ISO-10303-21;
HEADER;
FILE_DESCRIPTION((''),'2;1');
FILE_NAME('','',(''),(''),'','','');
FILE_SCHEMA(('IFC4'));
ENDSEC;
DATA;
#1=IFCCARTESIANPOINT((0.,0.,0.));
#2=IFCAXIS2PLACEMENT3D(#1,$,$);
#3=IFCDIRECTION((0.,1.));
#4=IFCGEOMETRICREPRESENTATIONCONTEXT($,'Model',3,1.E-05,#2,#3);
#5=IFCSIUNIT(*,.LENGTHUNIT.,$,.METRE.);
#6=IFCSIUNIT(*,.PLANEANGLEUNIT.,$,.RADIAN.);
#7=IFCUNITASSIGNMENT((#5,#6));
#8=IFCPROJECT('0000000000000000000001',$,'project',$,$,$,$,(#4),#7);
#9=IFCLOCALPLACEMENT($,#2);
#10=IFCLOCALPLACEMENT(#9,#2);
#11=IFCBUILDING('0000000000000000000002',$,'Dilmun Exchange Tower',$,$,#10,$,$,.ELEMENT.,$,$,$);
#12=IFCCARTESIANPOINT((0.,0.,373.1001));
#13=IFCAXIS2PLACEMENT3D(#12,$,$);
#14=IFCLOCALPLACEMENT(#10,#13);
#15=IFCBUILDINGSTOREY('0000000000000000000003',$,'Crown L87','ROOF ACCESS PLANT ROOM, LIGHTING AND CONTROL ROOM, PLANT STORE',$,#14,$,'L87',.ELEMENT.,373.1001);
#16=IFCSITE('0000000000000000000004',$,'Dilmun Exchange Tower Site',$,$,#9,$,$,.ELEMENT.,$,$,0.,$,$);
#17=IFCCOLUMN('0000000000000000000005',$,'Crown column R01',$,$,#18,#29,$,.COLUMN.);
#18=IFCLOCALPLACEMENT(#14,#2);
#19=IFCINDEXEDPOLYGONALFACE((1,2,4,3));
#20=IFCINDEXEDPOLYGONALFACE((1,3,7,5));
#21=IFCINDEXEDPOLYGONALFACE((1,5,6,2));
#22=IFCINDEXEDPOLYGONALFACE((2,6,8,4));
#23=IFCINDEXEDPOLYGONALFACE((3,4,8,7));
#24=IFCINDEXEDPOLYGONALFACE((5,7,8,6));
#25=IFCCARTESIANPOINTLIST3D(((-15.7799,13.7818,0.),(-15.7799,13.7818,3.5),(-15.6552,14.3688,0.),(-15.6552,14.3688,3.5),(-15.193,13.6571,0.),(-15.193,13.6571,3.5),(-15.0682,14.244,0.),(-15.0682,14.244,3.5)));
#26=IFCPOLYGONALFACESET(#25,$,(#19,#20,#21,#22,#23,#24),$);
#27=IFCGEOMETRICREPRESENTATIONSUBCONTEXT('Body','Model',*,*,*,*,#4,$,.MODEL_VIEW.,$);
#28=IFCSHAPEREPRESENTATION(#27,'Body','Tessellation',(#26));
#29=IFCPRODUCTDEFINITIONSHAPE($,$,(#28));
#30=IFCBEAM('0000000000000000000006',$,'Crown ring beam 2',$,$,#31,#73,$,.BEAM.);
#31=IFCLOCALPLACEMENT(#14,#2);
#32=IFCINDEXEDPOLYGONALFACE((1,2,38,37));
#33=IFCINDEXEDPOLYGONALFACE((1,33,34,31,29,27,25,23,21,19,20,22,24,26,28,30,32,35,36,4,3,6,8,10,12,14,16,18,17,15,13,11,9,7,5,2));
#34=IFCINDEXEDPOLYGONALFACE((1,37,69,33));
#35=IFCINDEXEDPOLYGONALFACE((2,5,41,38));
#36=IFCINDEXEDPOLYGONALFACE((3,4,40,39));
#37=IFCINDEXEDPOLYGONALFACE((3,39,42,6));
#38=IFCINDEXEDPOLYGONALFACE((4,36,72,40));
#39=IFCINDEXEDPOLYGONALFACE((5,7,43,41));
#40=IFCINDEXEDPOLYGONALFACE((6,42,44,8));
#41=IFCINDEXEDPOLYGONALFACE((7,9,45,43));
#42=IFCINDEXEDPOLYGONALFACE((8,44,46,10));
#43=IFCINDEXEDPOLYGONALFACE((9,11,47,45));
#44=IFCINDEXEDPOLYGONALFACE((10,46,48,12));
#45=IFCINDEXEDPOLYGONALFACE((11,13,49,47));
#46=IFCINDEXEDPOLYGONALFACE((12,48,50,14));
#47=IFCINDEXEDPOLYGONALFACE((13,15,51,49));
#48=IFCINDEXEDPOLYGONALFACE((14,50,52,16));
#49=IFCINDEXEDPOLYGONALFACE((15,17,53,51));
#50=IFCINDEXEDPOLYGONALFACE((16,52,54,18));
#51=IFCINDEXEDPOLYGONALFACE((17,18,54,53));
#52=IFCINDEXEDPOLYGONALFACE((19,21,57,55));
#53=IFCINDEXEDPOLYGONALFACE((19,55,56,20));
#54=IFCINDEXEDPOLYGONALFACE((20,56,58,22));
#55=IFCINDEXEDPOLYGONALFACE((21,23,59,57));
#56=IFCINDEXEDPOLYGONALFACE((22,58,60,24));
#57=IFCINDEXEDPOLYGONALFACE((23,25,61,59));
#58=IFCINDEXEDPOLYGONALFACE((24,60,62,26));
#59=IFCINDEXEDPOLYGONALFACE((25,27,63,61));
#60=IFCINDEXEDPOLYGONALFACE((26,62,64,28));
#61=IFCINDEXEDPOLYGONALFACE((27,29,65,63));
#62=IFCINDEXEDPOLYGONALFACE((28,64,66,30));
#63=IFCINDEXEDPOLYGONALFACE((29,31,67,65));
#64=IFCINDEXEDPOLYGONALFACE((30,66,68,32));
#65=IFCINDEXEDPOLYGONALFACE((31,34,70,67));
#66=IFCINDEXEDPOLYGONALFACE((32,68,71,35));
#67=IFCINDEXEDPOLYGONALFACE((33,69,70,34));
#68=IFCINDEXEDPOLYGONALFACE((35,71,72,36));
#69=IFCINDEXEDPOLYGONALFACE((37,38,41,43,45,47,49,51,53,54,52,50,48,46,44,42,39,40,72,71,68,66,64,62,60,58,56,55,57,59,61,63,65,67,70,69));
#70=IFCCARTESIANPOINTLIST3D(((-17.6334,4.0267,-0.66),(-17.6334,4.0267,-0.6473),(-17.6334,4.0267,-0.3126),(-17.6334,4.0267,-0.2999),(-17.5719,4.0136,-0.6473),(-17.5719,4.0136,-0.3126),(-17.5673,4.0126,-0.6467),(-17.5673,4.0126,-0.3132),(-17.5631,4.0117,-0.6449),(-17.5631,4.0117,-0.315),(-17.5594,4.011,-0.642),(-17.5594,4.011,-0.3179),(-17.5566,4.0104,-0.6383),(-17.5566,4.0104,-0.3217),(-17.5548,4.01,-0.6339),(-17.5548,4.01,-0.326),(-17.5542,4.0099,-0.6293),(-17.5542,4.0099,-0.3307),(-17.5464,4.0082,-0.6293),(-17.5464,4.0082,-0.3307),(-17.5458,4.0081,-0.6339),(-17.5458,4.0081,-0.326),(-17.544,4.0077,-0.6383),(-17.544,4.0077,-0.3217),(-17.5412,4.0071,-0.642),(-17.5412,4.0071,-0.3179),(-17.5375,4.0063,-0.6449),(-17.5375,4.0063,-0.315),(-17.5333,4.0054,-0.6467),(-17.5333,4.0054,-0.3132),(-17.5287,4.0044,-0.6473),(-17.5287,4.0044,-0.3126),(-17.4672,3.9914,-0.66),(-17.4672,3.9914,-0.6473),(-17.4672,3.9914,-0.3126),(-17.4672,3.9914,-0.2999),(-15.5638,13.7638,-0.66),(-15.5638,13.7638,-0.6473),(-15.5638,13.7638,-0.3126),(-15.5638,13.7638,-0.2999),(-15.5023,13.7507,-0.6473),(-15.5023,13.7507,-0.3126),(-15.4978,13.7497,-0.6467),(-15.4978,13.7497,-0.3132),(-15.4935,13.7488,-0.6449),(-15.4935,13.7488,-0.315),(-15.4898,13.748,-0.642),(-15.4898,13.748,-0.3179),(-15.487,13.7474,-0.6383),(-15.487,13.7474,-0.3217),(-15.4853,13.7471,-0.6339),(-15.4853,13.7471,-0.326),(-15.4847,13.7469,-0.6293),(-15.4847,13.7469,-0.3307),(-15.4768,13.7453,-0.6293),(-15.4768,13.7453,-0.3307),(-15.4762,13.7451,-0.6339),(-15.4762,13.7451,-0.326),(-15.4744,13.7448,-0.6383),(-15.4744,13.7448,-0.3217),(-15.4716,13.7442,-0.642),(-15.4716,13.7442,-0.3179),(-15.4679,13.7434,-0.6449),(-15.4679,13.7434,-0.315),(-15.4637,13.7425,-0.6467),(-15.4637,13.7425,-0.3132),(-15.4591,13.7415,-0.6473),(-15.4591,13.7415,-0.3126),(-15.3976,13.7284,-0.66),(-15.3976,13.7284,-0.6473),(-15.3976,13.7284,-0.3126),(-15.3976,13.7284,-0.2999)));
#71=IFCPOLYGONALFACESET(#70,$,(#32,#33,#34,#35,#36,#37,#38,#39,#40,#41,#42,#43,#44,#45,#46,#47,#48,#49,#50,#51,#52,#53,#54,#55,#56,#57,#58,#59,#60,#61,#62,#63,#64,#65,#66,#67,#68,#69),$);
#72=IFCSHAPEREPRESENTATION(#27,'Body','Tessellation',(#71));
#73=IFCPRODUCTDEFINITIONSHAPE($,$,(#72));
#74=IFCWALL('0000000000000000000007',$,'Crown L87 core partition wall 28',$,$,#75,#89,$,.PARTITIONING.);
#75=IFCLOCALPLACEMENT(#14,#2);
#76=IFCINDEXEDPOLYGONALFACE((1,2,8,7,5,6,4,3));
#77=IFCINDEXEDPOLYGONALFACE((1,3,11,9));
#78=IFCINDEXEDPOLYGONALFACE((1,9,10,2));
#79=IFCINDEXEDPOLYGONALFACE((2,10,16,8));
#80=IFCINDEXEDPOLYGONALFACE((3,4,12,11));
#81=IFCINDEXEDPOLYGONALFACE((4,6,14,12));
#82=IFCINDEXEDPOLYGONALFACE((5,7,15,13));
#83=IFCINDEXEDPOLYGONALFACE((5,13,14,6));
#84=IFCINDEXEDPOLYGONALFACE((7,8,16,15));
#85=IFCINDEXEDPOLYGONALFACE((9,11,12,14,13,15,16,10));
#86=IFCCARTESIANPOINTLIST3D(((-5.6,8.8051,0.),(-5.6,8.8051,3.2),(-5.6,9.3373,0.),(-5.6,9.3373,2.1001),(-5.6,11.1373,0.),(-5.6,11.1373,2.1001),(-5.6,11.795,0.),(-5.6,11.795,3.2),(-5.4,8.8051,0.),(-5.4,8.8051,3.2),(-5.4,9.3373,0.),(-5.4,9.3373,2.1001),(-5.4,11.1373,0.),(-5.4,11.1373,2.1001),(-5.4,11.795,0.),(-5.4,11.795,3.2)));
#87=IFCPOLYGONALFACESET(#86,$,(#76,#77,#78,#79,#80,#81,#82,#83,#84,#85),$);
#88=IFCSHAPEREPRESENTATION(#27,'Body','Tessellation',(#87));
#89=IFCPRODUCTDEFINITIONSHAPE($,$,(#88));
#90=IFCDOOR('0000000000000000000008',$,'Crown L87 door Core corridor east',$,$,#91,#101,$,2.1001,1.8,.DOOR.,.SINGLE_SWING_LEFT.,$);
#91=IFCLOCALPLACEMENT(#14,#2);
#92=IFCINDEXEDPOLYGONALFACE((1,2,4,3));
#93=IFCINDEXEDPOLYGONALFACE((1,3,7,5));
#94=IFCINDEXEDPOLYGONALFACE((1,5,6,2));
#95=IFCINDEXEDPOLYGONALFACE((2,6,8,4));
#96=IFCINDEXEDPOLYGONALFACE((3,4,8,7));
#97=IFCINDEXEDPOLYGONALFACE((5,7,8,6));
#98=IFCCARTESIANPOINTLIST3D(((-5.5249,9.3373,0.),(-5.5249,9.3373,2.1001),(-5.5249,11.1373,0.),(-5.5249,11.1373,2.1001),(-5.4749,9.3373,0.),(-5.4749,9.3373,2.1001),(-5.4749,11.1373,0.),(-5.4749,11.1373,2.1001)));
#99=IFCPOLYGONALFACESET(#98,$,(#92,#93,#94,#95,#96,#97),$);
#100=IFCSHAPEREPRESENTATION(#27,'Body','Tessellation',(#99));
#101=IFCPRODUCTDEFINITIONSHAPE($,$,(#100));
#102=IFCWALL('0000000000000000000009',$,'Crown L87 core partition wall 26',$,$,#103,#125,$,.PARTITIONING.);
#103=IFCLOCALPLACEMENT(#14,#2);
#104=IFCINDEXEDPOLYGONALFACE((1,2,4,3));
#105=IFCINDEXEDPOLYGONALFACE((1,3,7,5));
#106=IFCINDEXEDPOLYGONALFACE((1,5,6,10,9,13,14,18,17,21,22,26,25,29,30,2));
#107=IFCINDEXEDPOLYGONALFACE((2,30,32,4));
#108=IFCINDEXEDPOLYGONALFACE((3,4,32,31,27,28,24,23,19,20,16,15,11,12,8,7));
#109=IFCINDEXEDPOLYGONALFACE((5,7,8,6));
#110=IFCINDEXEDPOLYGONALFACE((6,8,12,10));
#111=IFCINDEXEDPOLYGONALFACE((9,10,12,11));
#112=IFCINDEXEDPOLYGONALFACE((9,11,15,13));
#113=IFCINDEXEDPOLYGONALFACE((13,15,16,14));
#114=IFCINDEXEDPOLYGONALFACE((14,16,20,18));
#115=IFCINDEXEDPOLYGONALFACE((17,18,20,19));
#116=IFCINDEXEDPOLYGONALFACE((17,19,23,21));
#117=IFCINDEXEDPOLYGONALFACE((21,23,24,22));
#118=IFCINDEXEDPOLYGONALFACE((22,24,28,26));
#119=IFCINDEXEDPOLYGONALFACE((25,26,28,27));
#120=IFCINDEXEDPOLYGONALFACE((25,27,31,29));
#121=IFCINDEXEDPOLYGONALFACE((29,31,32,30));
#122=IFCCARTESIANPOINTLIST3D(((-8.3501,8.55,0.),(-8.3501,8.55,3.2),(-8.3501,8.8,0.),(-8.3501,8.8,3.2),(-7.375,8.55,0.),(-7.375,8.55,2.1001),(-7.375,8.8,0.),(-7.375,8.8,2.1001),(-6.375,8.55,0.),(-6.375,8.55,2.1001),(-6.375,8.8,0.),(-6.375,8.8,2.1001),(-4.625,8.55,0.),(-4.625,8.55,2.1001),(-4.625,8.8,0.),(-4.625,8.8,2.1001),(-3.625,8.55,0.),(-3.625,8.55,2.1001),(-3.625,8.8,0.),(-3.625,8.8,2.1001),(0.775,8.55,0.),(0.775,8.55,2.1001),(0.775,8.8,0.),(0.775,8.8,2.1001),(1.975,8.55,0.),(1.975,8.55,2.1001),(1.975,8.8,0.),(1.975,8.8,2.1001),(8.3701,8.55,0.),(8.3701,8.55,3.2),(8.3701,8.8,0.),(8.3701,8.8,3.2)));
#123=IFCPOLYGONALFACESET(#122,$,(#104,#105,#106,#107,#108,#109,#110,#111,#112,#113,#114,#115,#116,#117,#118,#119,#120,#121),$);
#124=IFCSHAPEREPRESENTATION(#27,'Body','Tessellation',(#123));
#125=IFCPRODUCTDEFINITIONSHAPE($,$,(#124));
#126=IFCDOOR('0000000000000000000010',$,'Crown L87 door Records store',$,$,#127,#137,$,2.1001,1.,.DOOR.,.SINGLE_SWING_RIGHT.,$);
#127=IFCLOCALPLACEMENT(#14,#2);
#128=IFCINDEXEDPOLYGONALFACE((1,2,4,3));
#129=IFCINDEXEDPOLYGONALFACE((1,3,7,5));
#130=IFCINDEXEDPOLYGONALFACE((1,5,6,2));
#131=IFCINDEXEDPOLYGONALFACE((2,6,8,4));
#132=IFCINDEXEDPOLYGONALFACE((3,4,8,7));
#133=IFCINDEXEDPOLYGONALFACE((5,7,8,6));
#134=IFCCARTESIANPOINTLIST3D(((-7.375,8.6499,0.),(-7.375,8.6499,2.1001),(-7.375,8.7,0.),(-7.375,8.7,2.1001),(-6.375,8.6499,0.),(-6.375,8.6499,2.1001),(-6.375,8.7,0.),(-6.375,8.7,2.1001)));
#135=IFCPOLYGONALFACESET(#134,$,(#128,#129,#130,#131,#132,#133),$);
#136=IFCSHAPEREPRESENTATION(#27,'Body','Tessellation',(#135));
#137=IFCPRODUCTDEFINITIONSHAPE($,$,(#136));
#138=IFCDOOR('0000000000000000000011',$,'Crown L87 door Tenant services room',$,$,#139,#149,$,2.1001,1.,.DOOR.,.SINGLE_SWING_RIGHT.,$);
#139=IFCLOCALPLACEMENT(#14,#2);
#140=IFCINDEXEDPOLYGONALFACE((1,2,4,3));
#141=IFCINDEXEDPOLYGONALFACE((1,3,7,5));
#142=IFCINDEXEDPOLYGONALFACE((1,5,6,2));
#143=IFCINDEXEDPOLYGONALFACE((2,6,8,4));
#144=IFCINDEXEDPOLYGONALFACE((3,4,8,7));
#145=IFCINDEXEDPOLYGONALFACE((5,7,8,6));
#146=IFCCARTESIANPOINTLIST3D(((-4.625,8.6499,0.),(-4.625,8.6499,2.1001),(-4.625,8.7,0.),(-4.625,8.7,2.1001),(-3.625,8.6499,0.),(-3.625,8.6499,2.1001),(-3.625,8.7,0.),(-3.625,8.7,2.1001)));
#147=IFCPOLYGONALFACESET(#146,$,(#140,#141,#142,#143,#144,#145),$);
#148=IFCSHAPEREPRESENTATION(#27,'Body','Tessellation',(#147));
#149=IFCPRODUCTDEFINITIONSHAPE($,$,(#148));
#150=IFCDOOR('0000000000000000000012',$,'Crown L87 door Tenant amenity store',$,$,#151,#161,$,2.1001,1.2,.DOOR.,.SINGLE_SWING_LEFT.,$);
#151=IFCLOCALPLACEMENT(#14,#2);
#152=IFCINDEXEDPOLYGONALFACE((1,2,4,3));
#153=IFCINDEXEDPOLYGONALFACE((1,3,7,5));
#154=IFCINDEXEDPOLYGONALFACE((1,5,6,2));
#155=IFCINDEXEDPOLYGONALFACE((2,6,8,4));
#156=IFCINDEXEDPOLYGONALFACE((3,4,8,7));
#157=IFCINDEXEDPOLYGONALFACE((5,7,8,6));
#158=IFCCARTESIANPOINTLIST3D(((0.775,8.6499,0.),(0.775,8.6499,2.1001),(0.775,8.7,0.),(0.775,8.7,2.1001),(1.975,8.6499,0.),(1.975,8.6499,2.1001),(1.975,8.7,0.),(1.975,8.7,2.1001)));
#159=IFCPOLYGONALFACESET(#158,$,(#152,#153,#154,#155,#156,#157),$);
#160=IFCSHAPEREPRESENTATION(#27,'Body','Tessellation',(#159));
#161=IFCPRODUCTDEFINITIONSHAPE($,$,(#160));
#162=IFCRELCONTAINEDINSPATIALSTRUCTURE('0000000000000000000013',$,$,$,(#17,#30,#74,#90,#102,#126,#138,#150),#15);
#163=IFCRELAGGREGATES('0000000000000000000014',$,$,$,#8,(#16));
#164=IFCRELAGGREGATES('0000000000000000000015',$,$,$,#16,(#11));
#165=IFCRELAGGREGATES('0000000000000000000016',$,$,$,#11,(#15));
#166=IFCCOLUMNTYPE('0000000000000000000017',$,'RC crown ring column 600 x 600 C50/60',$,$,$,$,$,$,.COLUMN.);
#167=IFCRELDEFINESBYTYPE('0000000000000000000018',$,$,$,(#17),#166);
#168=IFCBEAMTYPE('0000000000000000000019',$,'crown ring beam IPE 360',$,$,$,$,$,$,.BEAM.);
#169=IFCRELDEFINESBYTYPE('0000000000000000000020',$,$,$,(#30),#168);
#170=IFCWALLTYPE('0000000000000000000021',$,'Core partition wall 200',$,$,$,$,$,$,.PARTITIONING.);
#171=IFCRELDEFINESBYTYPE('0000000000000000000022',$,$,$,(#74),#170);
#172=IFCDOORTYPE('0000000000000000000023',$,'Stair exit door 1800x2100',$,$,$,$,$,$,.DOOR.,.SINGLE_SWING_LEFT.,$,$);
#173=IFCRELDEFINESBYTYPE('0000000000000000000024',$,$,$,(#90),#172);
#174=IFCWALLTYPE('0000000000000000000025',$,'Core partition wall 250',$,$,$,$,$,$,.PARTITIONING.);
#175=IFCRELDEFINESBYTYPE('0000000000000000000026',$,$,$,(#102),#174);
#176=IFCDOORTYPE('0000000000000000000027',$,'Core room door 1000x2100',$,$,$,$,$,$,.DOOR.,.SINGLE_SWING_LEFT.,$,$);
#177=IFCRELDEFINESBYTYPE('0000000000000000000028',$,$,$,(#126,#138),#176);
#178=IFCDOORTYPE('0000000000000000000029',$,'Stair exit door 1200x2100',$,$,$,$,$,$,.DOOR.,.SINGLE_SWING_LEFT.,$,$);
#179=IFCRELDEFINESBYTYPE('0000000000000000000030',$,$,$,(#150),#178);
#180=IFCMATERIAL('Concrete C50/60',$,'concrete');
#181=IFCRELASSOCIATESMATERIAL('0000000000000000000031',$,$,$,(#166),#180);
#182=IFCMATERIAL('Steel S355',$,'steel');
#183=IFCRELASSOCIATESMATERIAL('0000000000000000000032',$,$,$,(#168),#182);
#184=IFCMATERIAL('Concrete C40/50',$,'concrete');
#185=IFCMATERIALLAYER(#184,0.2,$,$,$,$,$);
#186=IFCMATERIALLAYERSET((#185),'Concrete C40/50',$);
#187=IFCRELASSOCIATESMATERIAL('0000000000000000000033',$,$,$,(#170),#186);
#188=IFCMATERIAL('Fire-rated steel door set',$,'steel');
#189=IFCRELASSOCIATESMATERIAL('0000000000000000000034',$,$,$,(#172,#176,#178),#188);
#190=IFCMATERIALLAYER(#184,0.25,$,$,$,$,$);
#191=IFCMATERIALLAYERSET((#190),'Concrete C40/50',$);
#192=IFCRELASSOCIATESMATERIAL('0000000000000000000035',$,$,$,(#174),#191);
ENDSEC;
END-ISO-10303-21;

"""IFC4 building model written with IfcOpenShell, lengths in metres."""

from ifc_helpers import new_model, si_unit, direction, frame, frame_2d, origin, origin_2d, place, context, subcontext, project, spatial, rectangle, i_section, extrude, material, layer, layer_set, material_profile, profile_set, type_object, element, fill, save


model = new_model("IFC4")

# Units and contexts
model_context = context("Model", 3, precision=1e-05, world=origin(), true_north=direction((0.0, 1.0)))
body_context = subcontext(model_context, "Body", "Model", "MODEL_VIEW")
ifc_project = project(units=[si_unit("LENGTHUNIT", "METRE"), si_unit("PLANEANGLEUNIT", "RADIAN")], contexts=[model_context])

# Site, building, storey
site_placement = place(None, origin())
site = spatial("IfcSite", under=ifc_project, at=site_placement, Name="Dilmun Exchange Tower Site", CompositionType="ELEMENT", RefElevation=0.0)
building_placement = place(site_placement, origin())
building = spatial("IfcBuilding", under=site, at=building_placement, Name="Dilmun Exchange Tower", CompositionType="ELEMENT")
storey_placement = place(building_placement, frame((0.0, 0.0, 373.1001)))
storey = spatial("IfcBuildingStorey", under=building, at=storey_placement, Name="Crown L87", Description="ROOF ACCESS PLANT ROOM, LIGHTING AND CONTROL ROOM, PLANT STORE", LongName="L87", CompositionType="ELEMENT", Elevation=373.1001)

# Column
ifc_material_1 = material(Name="Concrete C50/60", Category="concrete")
ifc_material_profile_1 = material_profile(ifc_material_1, rectangle(XDim=0.6001, YDim=0.6001, at=origin_2d()), Name="600 x 600")
ifc_profile_set_1 = profile_set([ifc_material_profile_1], Name="Concrete C50/60")
column_type = type_object("IfcColumnType", Name="RC crown ring column 600 x 600 C50/60", PredefinedType="COLUMN", material=ifc_profile_set_1)
column_placement = place(storey_placement, frame((-15.4241, 14.0129, 0.0), z_axis=(0.0, 0.0, 1.0), x_axis=(0.207912, 0.978148, 0.0)))
element("IfcColumn", 1, at=column_placement, inside=storey, type_object=column_type, Name="Crown column R01", PredefinedType="COLUMN", context=body_context, shape_type="SweptSolid", body=[
    extrude(rectangle(XDim=0.6001, YDim=0.6001, at=origin_2d()), origin(), (0.0, 0.0, 1.0), 3.5),
])

# Beam
ifc_material_2 = material(Name="Steel S355", Category="steel")
ifc_material_profile_2 = material_profile(ifc_material_2, i_section(OverallWidth=0.1699, OverallDepth=0.3601, WebThickness=0.0081, FlangeThickness=0.0127, FilletRadius=0.0181, at=origin_2d()), Name="IPE 360")
ifc_profile_set_2 = profile_set([ifc_material_profile_2], Name="Steel S355")
beam_type = type_object("IfcBeamType", Name="crown ring beam IPE 360", PredefinedType="BEAM", material=ifc_profile_set_2)
beam_placement = place(storey_placement, frame((-15.4807, 13.7461, -0.48), z_axis=(-0.207902, -0.97815, 0.0), x_axis=(0.97815, -0.207902, 0.0)))
element("IfcBeam", 2, at=beam_placement, inside=storey, type_object=beam_type, Name="Crown ring beam 2", PredefinedType="BEAM", context=body_context, shape_type="SweptSolid", body=[
    extrude(i_section(OverallWidth=0.1699, OverallDepth=0.3601, WebThickness=0.0081, FlangeThickness=0.0127, FilletRadius=0.0181, at=origin_2d()), origin(), (0.0, 0.0, 1.0), 9.9546),
])

# Wall, opening, door
ifc_material_3 = material(Name="Concrete C40/50", Category="concrete")
ifc_layer_1 = layer(ifc_material_3, 0.2)
ifc_layer_set_1 = layer_set([ifc_layer_1], Name="Concrete C40/50")
wall_type_1 = type_object("IfcWallType", Name="Core partition wall 200", PredefinedType="PARTITIONING", material=ifc_layer_set_1)
wall_1_placement = place(storey_placement, frame((-5.5, 8.8049, 0.0), z_axis=(0.0, 0.0, 1.0), x_axis=(0.0, 1.0, 0.0)))
wall_1 = element("IfcWall", 3, at=wall_1_placement, inside=storey, type_object=wall_type_1, Name="Crown L87 core partition wall 28", PredefinedType="PARTITIONING", context=body_context, shape_type="SweptSolid", body=[
    extrude(rectangle(XDim=2.99, YDim=0.2, at=frame_2d((1.4951, 0.0))), origin(), (0.0, 0.0, 1.0), 3.2),
])
opening_1_placement = place(wall_1_placement, frame((0.5325, 0.0, 0.0)))
opening_1 = element("IfcOpeningElement", 4, at=opening_1_placement, cuts=wall_1, PredefinedType="OPENING", context=body_context, shape_type="SweptSolid", body=[
    extrude(rectangle(XDim=1.8, YDim=2.1001, at=frame_2d((0.8999, 1.05))), frame((0.0, 0.1099, 0.0), z_axis=(0.0, -1.0, 0.0), x_axis=(1.0, 0.0, 0.0)), (0.0, 0.0, 1.0), 0.22),
])
ifc_material_4 = material(Name="Fire-rated steel door set", Category="steel")
door_type_1 = type_object("IfcDoorType", Name="Stair exit door 1800x2100", OperationType="SINGLE_SWING_LEFT", PredefinedType="DOOR", material=ifc_material_4)
door_1_placement = place(opening_1_placement, origin())
door_1 = element("IfcDoor", 5, at=door_1_placement, inside=storey, type_object=door_type_1, Name="Crown L87 door Core corridor east", OperationType="SINGLE_SWING_LEFT", OverallHeight=2.1001, OverallWidth=1.8, PredefinedType="DOOR", context=body_context, shape_type="SweptSolid", body=[
    extrude(rectangle(XDim=1.8, YDim=2.1001, at=frame_2d((0.8999, 1.05))), frame((0.0, 0.0249, 0.0), z_axis=(0.0, -1.0, 0.0), x_axis=(1.0, 0.0, 0.0)), (0.0, 0.0, 1.0), 0.05),
])
fill(opening_1, door_1)

# Wall, openings, doors
ifc_layer_2 = layer(ifc_material_3, 0.25)
ifc_layer_set_2 = layer_set([ifc_layer_2], Name="Concrete C40/50")
wall_type_2 = type_object("IfcWallType", Name="Core partition wall 250", PredefinedType="PARTITIONING", material=ifc_layer_set_2)
wall_2_placement = place(storey_placement, frame((-8.3501, 8.675, 0.0), z_axis=(0.0, 0.0, 1.0), x_axis=(1.0, 0.0, 0.0)))
wall_2 = element("IfcWall", 6, at=wall_2_placement, inside=storey, type_object=wall_type_2, Name="Crown L87 core partition wall 26", PredefinedType="PARTITIONING", context=body_context, shape_type="SweptSolid", body=[
    extrude(rectangle(XDim=16.7202, YDim=0.25, at=frame_2d((8.3601, 0.0))), origin(), (0.0, 0.0, 1.0), 3.2),
])
opening_2_placement = place(wall_2_placement, frame((0.9751, 0.0, 0.0)))
opening_2 = element("IfcOpeningElement", 7, at=opening_2_placement, cuts=wall_2, PredefinedType="OPENING", context=body_context, shape_type="SweptSolid", body=[
    extrude(rectangle(XDim=1.0, YDim=2.1001, at=frame_2d((0.5, 1.05))), frame((0.0, 0.135, 0.0), z_axis=(0.0, -1.0, 0.0), x_axis=(1.0, 0.0, 0.0)), (0.0, 0.0, 1.0), 0.27),
])
opening_3_placement = place(wall_2_placement, frame((3.7251, 0.0, 0.0)))
opening_3 = element("IfcOpeningElement", 8, at=opening_3_placement, cuts=wall_2, PredefinedType="OPENING", context=body_context, shape_type="SweptSolid", body=[
    extrude(rectangle(XDim=1.0, YDim=2.1001, at=frame_2d((0.5, 1.05))), frame((0.0, 0.135, 0.0), z_axis=(0.0, -1.0, 0.0), x_axis=(1.0, 0.0, 0.0)), (0.0, 0.0, 1.0), 0.27),
])
opening_4_placement = place(wall_2_placement, frame((9.125, 0.0, 0.0)))
opening_4 = element("IfcOpeningElement", 9, at=opening_4_placement, cuts=wall_2, PredefinedType="OPENING", context=body_context, shape_type="SweptSolid", body=[
    extrude(rectangle(XDim=1.2, YDim=2.1001, at=frame_2d((0.6001, 1.05))), frame((0.0, 0.135, 0.0), z_axis=(0.0, -1.0, 0.0), x_axis=(1.0, 0.0, 0.0)), (0.0, 0.0, 1.0), 0.27),
])
door_type_2 = type_object("IfcDoorType", Name="Core room door 1000x2100", OperationType="SINGLE_SWING_LEFT", PredefinedType="DOOR", material=ifc_material_4)
door_2_placement = place(opening_2_placement, origin())
door_2 = element("IfcDoor", 10, at=door_2_placement, inside=storey, type_object=door_type_2, Name="Crown L87 door Records store", OperationType="SINGLE_SWING_RIGHT", OverallHeight=2.1001, OverallWidth=1.0, PredefinedType="DOOR", context=body_context, shape_type="SweptSolid", body=[
    extrude(rectangle(XDim=1.0, YDim=2.1001, at=frame_2d((0.5, 1.05))), frame((0.0, 0.0249, 0.0), z_axis=(0.0, -1.0, 0.0), x_axis=(1.0, 0.0, 0.0)), (0.0, 0.0, 1.0), 0.05),
])
fill(opening_2, door_2)
door_3_placement = place(opening_3_placement, origin())
door_3 = element("IfcDoor", 11, at=door_3_placement, inside=storey, type_object=door_type_2, Name="Crown L87 door Tenant services room", OperationType="SINGLE_SWING_RIGHT", OverallHeight=2.1001, OverallWidth=1.0, PredefinedType="DOOR", context=body_context, shape_type="SweptSolid", body=[
    extrude(rectangle(XDim=1.0, YDim=2.1001, at=frame_2d((0.5, 1.05))), frame((0.0, 0.0249, 0.0), z_axis=(0.0, -1.0, 0.0), x_axis=(1.0, 0.0, 0.0)), (0.0, 0.0, 1.0), 0.05),
])
fill(opening_3, door_3)
door_type_3 = type_object("IfcDoorType", Name="Stair exit door 1200x2100", OperationType="SINGLE_SWING_LEFT", PredefinedType="DOOR", material=ifc_material_4)
door_4_placement = place(opening_4_placement, origin())
door_4 = element("IfcDoor", 12, at=door_4_placement, inside=storey, type_object=door_type_3, Name="Crown L87 door Tenant amenity store", OperationType="SINGLE_SWING_LEFT", OverallHeight=2.1001, OverallWidth=1.2, PredefinedType="DOOR", context=body_context, shape_type="SweptSolid", body=[
    extrude(rectangle(XDim=1.2, YDim=2.1001, at=frame_2d((0.6001, 1.05))), frame((0.0, 0.0249, 0.0), z_axis=(0.0, -1.0, 0.0), x_axis=(1.0, 0.0, 0.0)), (0.0, 0.0, 1.0), 0.05),
])
fill(opening_4, door_4)

save(model, "model.ifc")
